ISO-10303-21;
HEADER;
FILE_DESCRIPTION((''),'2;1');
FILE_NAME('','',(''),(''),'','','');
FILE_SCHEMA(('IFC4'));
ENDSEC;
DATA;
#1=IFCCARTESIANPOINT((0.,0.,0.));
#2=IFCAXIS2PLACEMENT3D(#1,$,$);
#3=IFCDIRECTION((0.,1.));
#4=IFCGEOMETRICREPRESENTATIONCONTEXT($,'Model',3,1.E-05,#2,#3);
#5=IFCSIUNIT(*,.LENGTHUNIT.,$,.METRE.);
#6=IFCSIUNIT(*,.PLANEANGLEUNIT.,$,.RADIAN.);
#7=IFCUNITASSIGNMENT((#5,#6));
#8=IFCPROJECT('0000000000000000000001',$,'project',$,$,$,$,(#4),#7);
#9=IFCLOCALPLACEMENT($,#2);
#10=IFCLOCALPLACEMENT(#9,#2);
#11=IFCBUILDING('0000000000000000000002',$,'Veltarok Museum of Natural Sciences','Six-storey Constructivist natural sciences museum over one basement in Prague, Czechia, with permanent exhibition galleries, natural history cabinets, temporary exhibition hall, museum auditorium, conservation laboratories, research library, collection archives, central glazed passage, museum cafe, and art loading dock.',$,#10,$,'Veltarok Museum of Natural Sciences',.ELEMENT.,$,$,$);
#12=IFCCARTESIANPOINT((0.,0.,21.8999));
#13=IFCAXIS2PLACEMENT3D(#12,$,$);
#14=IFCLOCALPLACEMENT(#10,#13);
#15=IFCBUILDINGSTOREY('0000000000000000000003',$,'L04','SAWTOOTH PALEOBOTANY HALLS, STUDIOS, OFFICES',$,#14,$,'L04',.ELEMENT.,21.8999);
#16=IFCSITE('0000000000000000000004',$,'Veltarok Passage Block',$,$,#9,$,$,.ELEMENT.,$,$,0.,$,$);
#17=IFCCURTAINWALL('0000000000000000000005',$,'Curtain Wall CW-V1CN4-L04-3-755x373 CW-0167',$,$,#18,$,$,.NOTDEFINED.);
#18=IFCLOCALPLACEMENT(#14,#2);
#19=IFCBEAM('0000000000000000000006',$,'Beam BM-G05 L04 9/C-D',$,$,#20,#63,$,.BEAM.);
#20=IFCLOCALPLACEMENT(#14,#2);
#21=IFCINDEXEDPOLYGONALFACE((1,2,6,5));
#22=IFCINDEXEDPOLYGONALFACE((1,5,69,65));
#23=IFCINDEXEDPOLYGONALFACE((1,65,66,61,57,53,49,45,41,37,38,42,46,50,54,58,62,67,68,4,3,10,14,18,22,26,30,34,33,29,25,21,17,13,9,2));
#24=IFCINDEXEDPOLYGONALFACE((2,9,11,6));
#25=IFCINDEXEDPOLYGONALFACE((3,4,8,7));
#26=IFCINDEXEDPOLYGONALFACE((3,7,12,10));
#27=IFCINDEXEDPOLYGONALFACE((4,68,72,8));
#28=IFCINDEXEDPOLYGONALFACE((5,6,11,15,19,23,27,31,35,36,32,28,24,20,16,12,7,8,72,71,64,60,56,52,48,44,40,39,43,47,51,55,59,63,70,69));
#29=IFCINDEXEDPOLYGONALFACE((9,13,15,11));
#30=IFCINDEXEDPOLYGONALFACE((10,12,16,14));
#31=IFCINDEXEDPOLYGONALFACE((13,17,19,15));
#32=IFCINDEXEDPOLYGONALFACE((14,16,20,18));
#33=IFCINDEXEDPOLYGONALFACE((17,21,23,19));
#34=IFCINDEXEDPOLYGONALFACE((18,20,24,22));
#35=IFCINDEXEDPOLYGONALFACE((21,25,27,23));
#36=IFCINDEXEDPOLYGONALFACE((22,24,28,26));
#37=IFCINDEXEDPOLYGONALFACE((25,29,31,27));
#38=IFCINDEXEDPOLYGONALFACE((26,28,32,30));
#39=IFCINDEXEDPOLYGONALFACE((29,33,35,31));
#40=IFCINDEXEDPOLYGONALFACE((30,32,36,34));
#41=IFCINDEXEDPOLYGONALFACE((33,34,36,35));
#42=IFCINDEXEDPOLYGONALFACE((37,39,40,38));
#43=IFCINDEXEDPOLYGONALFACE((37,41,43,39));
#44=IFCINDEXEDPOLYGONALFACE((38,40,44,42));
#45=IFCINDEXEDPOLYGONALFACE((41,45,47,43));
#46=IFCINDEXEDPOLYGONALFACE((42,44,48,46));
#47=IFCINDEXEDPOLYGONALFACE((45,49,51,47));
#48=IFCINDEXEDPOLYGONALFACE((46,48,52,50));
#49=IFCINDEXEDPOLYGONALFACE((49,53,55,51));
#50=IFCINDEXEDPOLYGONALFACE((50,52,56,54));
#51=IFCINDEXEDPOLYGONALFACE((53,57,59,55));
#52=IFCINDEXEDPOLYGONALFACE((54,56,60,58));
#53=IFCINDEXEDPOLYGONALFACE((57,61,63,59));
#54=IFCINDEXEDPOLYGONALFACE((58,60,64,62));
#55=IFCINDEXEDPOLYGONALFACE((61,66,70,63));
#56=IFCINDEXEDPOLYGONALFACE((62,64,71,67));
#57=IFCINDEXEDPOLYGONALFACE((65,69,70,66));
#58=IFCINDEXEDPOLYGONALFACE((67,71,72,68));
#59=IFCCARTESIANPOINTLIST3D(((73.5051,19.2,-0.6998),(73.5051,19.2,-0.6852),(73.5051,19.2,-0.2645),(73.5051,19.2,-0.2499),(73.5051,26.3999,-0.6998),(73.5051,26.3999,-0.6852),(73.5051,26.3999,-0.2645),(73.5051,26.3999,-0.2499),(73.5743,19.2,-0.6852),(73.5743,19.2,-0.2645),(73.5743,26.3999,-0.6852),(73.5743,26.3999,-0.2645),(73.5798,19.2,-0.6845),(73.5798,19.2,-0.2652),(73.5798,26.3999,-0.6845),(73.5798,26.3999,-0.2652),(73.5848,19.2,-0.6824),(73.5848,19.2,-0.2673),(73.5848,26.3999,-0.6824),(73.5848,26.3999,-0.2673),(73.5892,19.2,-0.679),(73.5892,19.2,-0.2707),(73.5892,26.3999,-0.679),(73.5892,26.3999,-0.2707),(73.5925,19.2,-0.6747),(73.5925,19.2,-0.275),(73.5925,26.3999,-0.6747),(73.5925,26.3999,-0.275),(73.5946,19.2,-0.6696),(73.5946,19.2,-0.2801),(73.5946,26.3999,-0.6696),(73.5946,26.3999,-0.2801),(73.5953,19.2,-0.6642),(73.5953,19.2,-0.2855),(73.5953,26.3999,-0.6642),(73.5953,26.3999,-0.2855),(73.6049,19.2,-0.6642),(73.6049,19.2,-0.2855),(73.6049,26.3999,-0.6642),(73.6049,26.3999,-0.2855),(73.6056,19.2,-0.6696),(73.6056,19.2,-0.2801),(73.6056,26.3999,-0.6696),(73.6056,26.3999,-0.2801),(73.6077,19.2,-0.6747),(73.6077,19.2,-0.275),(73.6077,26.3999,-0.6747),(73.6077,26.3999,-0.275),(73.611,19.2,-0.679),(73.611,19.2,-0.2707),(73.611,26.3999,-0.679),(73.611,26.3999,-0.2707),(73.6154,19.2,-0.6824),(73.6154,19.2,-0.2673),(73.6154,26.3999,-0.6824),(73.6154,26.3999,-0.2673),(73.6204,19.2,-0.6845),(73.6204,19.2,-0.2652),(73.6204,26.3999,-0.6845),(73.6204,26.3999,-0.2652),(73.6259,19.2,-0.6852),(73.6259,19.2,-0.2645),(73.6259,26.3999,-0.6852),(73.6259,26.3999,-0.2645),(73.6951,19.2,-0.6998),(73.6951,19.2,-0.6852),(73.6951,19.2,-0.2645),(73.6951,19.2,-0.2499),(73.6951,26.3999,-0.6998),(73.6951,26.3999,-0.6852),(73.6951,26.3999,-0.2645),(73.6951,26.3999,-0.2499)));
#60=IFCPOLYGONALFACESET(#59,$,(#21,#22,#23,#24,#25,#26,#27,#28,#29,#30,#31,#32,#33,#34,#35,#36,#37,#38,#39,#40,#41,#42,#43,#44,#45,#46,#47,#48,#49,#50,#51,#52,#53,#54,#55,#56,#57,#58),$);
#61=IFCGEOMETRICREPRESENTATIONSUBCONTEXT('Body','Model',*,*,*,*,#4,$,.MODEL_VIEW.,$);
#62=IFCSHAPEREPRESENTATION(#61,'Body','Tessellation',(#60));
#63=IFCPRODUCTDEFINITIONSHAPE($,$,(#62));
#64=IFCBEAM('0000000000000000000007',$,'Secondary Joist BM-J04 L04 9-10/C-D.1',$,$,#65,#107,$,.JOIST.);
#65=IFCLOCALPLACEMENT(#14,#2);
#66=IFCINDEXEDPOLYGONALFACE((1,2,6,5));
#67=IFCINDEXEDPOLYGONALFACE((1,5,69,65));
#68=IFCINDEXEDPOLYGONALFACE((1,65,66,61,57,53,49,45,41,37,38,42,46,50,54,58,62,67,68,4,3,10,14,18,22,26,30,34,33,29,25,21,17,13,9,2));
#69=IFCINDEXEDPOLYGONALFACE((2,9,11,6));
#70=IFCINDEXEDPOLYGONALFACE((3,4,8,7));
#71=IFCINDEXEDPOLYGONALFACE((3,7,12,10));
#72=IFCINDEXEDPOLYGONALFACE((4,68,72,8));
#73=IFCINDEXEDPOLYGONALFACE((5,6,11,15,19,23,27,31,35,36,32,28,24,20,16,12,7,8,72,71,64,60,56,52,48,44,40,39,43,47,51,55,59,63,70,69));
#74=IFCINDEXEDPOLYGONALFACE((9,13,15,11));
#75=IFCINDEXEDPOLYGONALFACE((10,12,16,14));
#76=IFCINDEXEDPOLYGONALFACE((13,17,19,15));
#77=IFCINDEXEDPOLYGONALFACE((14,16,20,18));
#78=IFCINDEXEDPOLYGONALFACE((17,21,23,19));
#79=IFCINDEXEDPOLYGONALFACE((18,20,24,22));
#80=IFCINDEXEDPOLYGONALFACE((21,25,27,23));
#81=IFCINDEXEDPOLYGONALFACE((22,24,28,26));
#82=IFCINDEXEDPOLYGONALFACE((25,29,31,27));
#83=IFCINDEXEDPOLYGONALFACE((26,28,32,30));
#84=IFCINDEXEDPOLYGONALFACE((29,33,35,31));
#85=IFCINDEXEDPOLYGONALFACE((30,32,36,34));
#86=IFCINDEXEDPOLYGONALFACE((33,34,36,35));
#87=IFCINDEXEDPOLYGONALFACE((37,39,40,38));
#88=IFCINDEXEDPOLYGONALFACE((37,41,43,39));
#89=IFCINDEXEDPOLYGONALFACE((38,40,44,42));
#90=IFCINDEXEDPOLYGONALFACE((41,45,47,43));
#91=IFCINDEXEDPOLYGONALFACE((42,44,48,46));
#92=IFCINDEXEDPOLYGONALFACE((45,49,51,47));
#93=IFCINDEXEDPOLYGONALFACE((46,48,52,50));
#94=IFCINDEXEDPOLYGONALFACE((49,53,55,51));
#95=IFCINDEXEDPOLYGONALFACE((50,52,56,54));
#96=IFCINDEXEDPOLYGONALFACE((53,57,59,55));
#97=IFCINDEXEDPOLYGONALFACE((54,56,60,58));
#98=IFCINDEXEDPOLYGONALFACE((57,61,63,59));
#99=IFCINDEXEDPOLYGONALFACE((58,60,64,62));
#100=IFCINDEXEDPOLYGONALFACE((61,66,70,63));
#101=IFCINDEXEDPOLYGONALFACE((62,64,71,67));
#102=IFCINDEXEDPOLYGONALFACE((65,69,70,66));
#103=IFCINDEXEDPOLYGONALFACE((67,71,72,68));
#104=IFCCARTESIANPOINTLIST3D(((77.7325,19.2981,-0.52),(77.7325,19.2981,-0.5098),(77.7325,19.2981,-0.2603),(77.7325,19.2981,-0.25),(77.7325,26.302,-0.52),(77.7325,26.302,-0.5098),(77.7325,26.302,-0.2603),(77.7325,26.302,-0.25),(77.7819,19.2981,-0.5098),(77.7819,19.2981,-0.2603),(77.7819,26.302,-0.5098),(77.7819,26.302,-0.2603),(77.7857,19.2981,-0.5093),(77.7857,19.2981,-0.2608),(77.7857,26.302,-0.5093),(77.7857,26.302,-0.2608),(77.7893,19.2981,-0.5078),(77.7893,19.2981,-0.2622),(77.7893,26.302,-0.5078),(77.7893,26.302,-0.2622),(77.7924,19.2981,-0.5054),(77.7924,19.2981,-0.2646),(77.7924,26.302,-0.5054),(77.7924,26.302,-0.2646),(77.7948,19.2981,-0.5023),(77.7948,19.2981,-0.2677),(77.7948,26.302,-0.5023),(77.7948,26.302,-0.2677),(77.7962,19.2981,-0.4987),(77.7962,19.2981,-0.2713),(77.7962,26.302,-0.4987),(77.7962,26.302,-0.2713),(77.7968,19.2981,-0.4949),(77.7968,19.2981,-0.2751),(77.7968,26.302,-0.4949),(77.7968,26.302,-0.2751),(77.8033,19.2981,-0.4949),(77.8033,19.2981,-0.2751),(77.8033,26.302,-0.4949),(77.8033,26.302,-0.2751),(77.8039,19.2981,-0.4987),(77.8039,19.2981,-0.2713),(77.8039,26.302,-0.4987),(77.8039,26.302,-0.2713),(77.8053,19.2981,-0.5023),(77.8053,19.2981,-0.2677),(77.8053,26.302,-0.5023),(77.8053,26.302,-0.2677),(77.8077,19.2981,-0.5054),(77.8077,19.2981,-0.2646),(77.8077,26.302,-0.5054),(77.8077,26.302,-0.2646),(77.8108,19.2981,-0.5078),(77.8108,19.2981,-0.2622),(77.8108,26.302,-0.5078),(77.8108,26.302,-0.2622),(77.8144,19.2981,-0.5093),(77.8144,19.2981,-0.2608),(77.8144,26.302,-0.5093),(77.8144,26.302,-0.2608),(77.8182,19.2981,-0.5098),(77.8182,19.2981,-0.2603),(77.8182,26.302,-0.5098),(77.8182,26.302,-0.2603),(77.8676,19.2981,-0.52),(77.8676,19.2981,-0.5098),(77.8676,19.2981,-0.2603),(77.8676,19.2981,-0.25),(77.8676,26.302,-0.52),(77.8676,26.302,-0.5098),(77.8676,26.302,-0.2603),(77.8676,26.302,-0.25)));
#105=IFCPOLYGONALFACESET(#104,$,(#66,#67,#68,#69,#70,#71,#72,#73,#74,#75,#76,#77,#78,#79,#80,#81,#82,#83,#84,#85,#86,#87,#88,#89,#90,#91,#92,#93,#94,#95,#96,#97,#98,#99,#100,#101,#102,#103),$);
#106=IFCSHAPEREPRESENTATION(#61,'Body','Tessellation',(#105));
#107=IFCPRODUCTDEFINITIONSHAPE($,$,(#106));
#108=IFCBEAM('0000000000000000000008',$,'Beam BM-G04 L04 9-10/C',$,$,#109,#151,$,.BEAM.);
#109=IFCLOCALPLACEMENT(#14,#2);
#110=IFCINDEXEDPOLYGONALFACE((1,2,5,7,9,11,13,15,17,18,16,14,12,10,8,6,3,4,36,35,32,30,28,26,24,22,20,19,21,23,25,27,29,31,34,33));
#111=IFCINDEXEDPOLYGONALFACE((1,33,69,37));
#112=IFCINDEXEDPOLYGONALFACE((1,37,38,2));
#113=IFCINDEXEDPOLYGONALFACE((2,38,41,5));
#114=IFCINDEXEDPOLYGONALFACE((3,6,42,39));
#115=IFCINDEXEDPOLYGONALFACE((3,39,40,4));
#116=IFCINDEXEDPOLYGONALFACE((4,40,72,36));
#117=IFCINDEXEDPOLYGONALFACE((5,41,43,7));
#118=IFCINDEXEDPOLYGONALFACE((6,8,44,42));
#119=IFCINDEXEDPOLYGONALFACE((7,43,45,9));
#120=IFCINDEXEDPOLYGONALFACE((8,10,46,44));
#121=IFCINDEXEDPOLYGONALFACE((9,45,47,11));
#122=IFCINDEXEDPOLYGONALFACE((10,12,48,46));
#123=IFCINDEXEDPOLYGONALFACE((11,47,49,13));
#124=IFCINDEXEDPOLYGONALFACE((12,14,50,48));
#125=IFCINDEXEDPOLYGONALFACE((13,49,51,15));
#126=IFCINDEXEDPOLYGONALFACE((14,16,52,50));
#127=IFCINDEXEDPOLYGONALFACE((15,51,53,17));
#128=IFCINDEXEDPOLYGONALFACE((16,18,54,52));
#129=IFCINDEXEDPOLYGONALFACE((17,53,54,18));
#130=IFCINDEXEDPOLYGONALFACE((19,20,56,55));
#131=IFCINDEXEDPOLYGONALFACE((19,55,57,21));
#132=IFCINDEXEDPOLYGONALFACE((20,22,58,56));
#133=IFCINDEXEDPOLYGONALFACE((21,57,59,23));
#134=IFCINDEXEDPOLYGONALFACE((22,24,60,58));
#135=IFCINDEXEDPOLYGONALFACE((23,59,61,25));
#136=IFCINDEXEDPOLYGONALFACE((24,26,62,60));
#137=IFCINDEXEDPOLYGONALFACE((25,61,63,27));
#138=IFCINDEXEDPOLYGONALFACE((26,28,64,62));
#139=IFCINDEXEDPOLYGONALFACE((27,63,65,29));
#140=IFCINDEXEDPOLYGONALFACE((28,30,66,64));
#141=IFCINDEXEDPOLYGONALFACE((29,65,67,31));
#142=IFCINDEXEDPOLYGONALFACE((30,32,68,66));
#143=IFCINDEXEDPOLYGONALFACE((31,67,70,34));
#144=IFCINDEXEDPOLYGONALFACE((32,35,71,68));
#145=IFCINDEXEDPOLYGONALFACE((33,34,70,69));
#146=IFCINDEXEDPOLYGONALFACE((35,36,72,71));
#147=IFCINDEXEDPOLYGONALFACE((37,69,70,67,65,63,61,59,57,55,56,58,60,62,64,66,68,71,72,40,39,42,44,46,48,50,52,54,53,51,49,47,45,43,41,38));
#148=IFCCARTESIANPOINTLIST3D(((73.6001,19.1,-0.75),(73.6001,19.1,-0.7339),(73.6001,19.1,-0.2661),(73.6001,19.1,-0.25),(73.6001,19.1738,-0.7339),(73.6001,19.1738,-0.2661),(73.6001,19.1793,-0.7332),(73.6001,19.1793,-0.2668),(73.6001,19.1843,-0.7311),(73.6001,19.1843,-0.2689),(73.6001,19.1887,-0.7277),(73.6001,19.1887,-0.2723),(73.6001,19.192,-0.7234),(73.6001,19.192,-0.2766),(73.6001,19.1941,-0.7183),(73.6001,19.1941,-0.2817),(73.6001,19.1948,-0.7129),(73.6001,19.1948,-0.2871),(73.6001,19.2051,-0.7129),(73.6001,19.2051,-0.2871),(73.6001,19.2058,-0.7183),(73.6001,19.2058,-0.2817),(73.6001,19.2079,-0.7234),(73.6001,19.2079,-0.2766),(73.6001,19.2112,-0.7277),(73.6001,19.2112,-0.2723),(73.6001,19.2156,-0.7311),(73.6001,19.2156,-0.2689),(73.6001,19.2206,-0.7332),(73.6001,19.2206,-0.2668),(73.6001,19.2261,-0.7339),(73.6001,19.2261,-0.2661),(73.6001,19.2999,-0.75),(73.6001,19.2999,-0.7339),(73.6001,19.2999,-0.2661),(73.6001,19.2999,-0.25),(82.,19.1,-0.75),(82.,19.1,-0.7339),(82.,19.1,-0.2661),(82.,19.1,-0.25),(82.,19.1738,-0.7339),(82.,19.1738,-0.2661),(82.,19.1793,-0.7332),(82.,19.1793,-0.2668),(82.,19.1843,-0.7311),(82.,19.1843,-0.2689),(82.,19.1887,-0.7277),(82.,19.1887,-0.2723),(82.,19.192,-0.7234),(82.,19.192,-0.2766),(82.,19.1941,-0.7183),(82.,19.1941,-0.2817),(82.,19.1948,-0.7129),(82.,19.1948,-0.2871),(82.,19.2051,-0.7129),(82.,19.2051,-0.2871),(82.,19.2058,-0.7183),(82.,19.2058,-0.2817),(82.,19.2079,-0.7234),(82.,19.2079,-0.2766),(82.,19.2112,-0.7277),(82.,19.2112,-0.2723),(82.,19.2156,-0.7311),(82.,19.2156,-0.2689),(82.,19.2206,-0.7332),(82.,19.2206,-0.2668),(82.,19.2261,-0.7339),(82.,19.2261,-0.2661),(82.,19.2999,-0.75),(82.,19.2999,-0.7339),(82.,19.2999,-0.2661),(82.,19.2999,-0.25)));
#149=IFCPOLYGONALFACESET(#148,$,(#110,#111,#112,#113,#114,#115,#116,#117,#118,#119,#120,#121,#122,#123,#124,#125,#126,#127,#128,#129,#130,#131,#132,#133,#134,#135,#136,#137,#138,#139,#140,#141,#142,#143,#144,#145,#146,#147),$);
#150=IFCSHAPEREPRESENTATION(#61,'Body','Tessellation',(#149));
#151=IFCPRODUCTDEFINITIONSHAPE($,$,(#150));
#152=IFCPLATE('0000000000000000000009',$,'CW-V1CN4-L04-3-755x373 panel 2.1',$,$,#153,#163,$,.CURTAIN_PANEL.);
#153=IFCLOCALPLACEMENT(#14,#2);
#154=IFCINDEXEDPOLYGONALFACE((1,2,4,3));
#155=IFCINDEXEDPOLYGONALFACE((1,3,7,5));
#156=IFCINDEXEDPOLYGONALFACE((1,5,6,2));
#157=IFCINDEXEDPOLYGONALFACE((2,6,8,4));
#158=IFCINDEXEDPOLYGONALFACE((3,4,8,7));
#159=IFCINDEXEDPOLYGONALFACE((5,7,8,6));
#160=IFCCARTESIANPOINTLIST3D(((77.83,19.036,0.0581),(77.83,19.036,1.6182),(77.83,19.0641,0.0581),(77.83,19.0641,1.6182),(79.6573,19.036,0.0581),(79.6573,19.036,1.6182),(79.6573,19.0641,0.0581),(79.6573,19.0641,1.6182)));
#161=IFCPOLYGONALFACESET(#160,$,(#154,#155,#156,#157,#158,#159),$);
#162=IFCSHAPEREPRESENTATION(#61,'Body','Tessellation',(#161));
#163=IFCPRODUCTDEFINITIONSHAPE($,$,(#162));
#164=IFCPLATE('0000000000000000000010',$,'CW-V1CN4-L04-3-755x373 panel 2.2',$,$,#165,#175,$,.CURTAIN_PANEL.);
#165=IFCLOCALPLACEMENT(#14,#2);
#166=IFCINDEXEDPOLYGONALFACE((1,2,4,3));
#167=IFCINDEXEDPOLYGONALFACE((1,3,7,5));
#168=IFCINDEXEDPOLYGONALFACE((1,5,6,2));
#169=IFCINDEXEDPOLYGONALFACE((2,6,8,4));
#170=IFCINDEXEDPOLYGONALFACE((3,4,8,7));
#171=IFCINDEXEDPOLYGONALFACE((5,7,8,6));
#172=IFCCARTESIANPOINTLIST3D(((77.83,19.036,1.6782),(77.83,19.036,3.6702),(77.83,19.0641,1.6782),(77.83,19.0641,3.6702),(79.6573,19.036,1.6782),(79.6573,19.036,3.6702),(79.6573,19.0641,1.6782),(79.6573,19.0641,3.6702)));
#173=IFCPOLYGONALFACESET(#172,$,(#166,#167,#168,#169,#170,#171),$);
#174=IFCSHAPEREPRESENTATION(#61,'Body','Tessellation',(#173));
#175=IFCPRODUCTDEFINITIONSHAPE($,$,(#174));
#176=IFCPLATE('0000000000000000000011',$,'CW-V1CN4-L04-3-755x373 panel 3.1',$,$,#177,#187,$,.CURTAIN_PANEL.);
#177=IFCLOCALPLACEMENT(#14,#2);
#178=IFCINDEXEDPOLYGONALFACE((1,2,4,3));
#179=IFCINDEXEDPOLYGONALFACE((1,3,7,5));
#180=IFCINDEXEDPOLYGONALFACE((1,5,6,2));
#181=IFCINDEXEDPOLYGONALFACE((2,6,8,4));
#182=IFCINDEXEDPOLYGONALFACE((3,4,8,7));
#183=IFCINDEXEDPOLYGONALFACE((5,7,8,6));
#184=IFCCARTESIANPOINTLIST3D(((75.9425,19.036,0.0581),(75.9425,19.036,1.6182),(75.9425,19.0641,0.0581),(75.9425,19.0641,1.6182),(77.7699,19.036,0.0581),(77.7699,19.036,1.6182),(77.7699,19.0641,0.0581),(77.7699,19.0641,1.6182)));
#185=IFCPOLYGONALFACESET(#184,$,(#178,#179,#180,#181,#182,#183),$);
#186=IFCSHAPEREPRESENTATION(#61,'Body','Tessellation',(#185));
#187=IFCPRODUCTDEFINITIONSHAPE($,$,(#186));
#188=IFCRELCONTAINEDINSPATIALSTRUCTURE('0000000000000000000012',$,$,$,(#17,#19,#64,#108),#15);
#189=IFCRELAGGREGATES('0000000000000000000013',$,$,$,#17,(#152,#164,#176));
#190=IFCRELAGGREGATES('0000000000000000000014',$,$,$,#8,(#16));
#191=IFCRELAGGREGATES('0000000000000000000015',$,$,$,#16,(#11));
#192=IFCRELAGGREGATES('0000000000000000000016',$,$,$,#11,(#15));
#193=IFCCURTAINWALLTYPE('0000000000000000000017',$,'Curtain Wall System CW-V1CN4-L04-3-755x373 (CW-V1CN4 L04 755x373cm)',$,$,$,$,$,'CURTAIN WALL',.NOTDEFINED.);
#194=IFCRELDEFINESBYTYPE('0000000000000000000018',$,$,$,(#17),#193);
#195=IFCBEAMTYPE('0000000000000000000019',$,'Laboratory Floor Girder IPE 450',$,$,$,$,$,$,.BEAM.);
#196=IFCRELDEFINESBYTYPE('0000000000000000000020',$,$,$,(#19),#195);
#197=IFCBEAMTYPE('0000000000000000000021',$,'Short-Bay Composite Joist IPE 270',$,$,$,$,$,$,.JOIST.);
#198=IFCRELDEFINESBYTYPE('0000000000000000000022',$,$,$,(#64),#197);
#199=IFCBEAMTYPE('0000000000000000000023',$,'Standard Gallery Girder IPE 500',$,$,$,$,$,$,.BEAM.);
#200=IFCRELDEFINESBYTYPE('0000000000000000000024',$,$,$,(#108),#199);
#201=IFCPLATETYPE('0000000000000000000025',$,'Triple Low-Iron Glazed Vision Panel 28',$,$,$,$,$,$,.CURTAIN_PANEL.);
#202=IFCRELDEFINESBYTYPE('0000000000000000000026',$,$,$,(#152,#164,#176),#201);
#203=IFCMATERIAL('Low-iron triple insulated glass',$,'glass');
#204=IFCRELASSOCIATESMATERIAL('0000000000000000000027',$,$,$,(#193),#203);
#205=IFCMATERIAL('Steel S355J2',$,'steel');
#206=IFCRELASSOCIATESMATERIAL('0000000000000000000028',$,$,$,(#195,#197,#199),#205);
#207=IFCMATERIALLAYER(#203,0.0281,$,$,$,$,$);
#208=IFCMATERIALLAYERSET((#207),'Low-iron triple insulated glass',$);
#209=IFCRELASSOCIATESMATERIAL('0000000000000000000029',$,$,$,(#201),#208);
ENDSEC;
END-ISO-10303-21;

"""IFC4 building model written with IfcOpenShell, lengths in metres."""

from ifc_helpers import new_model, si_unit, direction, frame, origin, origin_2d, place, context, subcontext, project, spatial, rectangle, i_section, extrude, material, layer, layer_set, material_profile, profile_set, type_object, element, aggregate, save


model = new_model("IFC4")

# Units and contexts
model_context = context("Model", 3, precision=1e-05, world=origin(), true_north=direction((0.0, 1.0)))
body_context = subcontext(model_context, "Body", "Model", "MODEL_VIEW")
ifc_project = project(units=[si_unit("LENGTHUNIT", "METRE"), si_unit("PLANEANGLEUNIT", "RADIAN")], contexts=[model_context])

# Site, building, storey
site_placement = place(None, origin())
site = spatial("IfcSite", under=ifc_project, at=site_placement, Name="Veltarok Passage Block", CompositionType="ELEMENT", RefElevation=0.0)
building_placement = place(site_placement, origin())
building = spatial("IfcBuilding", under=site, at=building_placement, Name="Veltarok Museum of Natural Sciences", Description="Six-storey Constructivist natural sciences museum over one basement in Prague, Czechia, with permanent exhibition galleries, natural history cabinets, temporary exhibition hall, museum auditorium, conservation laboratories, research library, collection archives, central glazed passage, museum cafe, and art loading dock.", LongName="Veltarok Museum of Natural Sciences", CompositionType="ELEMENT")
storey_placement = place(building_placement, frame((0.0, 0.0, 21.8999)))
storey = spatial("IfcBuildingStorey", under=building, at=storey_placement, Name="L04", Description="SAWTOOTH PALEOBOTANY HALLS, STUDIOS, OFFICES", LongName="L04", CompositionType="ELEMENT", Elevation=21.8999)

# Shared definitions
ifc_material_1 = material(Name="Steel S355J2", Category="steel")

# Curtain wall
ifc_material_2 = material(Name="Low-iron triple insulated glass", Category="glass")
curtain_wall_type_1 = type_object("IfcCurtainWallType", Name="Curtain Wall System CW-V1CN4-L04-3-755x373 (CW-V1CN4 L04 755x373cm)", ElementType="CURTAIN WALL", PredefinedType="NOTDEFINED", material=ifc_material_2)
curtain_wall_1_placement = place(storey_placement, origin())
curtain_wall_1 = element("IfcCurtainWall", 1, at=curtain_wall_1_placement, inside=storey, type_object=curtain_wall_type_1, Name="Curtain Wall CW-V1CN4-L04-3-755x373 CW-0167", PredefinedType="NOTDEFINED")

# Beams
ifc_material_profile_1 = material_profile(ifc_material_1, i_section(OverallWidth=0.1899, OverallDepth=0.45, WebThickness=0.0095, FlangeThickness=0.0146, FilletRadius=0.021, at=origin_2d()), Name="IPE 450")
ifc_profile_set_1 = profile_set([ifc_material_profile_1], Name="Steel S355J2")
beam_type_1 = type_object("IfcBeamType", Name="Laboratory Floor Girder IPE 450", PredefinedType="BEAM", material=ifc_profile_set_1)
beam_1_placement = place(storey_placement, frame((73.6001, 19.2, -0.4749), z_axis=(0.0, 1.0, 0.0), x_axis=(-1.0, 0.0, 0.0)))
element("IfcBeam", 2, at=beam_1_placement, inside=storey, type_object=beam_type_1, Name="Beam BM-G05 L04 9/C-D", PredefinedType="BEAM", context=body_context, shape_type="SweptSolid", body=[
    extrude(i_section(OverallWidth=0.1899, OverallDepth=0.45, WebThickness=0.0095, FlangeThickness=0.0146, FilletRadius=0.021, at=origin_2d()), origin(), (0.0, 0.0, 1.0), 7.2),
])
ifc_material_profile_2 = material_profile(ifc_material_1, i_section(OverallWidth=0.135, OverallDepth=0.27, WebThickness=0.0066, FlangeThickness=0.0103, FilletRadius=0.0149, at=origin_2d()), Name="IPE 270")
ifc_profile_set_2 = profile_set([ifc_material_profile_2], Name="Steel S355J2")
beam_type_2 = type_object("IfcBeamType", Name="Short-Bay Composite Joist IPE 270", PredefinedType="JOIST", material=ifc_profile_set_2)
beam_2_placement = place(storey_placement, frame((77.8, 19.2981, -0.385), z_axis=(0.0, 1.0, 0.0), x_axis=(-1.0, 0.0, 0.0)))
element("IfcBeam", 3, at=beam_2_placement, inside=storey, type_object=beam_type_2, Name="Secondary Joist BM-J04 L04 9-10/C-D.1", PredefinedType="JOIST", context=body_context, shape_type="SweptSolid", body=[
    extrude(i_section(OverallWidth=0.135, OverallDepth=0.27, WebThickness=0.0066, FlangeThickness=0.0103, FilletRadius=0.0149, at=origin_2d()), origin(), (0.0, 0.0, 1.0), 7.0039),
])
ifc_material_profile_3 = material_profile(ifc_material_1, i_section(OverallWidth=0.2, OverallDepth=0.5, WebThickness=0.0103, FlangeThickness=0.0161, FilletRadius=0.021, at=origin_2d()), Name="IPE 500")
ifc_profile_set_3 = profile_set([ifc_material_profile_3], Name="Steel S355J2")
beam_type_3 = type_object("IfcBeamType", Name="Standard Gallery Girder IPE 500", PredefinedType="BEAM", material=ifc_profile_set_3)
beam_3_placement = place(storey_placement, frame((73.6001, 19.2, -0.5), z_axis=(1.0, 0.0, 0.0), x_axis=(0.0, 1.0, 0.0)))
element("IfcBeam", 4, at=beam_3_placement, inside=storey, type_object=beam_type_3, Name="Beam BM-G04 L04 9-10/C", PredefinedType="BEAM", context=body_context, shape_type="SweptSolid", body=[
    extrude(i_section(OverallWidth=0.2, OverallDepth=0.5, WebThickness=0.0103, FlangeThickness=0.0161, FilletRadius=0.021, at=origin_2d()), origin(), (0.0, 0.0, 1.0), 8.3999),
])

# Plates
ifc_layer = layer(ifc_material_2, 0.0281)
ifc_layer_set = layer_set([ifc_layer], Name="Low-iron triple insulated glass")
plate_type = type_object("IfcPlateType", Name="Triple Low-Iron Glazed Vision Panel 28", PredefinedType="CURTAIN_PANEL", material=ifc_layer_set)
plate_1_placement = place(storey_placement, frame((78.7437, 19.05, 0.0581), z_axis=(0.0, 0.0, 1.0), x_axis=(-1.0, 0.0, 0.0)))
plate_1 = element("IfcPlate", 5, at=plate_1_placement, type_object=plate_type, Name="CW-V1CN4-L04-3-755x373 panel 2.1", PredefinedType="CURTAIN_PANEL", context=body_context, shape_type="SweptSolid", body=[
    extrude(rectangle(XDim=1.8274, YDim=0.0281, at=origin_2d()), origin(), (0.0, 0.0, 1.0), 1.5601),
])
plate_2_placement = place(storey_placement, frame((78.7437, 19.05, 1.6782), z_axis=(0.0, 0.0, 1.0), x_axis=(-1.0, 0.0, 0.0)))
plate_2 = element("IfcPlate", 6, at=plate_2_placement, type_object=plate_type, Name="CW-V1CN4-L04-3-755x373 panel 2.2", PredefinedType="CURTAIN_PANEL", context=body_context, shape_type="SweptSolid", body=[
    extrude(rectangle(XDim=1.8274, YDim=0.0281, at=origin_2d()), origin(), (0.0, 0.0, 1.0), 1.9919),
])
plate_3_placement = place(storey_placement, frame((76.8562, 19.05, 0.0581), z_axis=(0.0, 0.0, 1.0), x_axis=(-1.0, 0.0, 0.0)))
plate_3 = element("IfcPlate", 7, at=plate_3_placement, type_object=plate_type, Name="CW-V1CN4-L04-3-755x373 panel 3.1", PredefinedType="CURTAIN_PANEL", context=body_context, shape_type="SweptSolid", body=[
    extrude(rectangle(XDim=1.8274, YDim=0.0281, at=origin_2d()), origin(), (0.0, 0.0, 1.0), 1.5601),
])
aggregate(curtain_wall_1, [plate_1, plate_2, plate_3])

save(model, "model.ifc")
